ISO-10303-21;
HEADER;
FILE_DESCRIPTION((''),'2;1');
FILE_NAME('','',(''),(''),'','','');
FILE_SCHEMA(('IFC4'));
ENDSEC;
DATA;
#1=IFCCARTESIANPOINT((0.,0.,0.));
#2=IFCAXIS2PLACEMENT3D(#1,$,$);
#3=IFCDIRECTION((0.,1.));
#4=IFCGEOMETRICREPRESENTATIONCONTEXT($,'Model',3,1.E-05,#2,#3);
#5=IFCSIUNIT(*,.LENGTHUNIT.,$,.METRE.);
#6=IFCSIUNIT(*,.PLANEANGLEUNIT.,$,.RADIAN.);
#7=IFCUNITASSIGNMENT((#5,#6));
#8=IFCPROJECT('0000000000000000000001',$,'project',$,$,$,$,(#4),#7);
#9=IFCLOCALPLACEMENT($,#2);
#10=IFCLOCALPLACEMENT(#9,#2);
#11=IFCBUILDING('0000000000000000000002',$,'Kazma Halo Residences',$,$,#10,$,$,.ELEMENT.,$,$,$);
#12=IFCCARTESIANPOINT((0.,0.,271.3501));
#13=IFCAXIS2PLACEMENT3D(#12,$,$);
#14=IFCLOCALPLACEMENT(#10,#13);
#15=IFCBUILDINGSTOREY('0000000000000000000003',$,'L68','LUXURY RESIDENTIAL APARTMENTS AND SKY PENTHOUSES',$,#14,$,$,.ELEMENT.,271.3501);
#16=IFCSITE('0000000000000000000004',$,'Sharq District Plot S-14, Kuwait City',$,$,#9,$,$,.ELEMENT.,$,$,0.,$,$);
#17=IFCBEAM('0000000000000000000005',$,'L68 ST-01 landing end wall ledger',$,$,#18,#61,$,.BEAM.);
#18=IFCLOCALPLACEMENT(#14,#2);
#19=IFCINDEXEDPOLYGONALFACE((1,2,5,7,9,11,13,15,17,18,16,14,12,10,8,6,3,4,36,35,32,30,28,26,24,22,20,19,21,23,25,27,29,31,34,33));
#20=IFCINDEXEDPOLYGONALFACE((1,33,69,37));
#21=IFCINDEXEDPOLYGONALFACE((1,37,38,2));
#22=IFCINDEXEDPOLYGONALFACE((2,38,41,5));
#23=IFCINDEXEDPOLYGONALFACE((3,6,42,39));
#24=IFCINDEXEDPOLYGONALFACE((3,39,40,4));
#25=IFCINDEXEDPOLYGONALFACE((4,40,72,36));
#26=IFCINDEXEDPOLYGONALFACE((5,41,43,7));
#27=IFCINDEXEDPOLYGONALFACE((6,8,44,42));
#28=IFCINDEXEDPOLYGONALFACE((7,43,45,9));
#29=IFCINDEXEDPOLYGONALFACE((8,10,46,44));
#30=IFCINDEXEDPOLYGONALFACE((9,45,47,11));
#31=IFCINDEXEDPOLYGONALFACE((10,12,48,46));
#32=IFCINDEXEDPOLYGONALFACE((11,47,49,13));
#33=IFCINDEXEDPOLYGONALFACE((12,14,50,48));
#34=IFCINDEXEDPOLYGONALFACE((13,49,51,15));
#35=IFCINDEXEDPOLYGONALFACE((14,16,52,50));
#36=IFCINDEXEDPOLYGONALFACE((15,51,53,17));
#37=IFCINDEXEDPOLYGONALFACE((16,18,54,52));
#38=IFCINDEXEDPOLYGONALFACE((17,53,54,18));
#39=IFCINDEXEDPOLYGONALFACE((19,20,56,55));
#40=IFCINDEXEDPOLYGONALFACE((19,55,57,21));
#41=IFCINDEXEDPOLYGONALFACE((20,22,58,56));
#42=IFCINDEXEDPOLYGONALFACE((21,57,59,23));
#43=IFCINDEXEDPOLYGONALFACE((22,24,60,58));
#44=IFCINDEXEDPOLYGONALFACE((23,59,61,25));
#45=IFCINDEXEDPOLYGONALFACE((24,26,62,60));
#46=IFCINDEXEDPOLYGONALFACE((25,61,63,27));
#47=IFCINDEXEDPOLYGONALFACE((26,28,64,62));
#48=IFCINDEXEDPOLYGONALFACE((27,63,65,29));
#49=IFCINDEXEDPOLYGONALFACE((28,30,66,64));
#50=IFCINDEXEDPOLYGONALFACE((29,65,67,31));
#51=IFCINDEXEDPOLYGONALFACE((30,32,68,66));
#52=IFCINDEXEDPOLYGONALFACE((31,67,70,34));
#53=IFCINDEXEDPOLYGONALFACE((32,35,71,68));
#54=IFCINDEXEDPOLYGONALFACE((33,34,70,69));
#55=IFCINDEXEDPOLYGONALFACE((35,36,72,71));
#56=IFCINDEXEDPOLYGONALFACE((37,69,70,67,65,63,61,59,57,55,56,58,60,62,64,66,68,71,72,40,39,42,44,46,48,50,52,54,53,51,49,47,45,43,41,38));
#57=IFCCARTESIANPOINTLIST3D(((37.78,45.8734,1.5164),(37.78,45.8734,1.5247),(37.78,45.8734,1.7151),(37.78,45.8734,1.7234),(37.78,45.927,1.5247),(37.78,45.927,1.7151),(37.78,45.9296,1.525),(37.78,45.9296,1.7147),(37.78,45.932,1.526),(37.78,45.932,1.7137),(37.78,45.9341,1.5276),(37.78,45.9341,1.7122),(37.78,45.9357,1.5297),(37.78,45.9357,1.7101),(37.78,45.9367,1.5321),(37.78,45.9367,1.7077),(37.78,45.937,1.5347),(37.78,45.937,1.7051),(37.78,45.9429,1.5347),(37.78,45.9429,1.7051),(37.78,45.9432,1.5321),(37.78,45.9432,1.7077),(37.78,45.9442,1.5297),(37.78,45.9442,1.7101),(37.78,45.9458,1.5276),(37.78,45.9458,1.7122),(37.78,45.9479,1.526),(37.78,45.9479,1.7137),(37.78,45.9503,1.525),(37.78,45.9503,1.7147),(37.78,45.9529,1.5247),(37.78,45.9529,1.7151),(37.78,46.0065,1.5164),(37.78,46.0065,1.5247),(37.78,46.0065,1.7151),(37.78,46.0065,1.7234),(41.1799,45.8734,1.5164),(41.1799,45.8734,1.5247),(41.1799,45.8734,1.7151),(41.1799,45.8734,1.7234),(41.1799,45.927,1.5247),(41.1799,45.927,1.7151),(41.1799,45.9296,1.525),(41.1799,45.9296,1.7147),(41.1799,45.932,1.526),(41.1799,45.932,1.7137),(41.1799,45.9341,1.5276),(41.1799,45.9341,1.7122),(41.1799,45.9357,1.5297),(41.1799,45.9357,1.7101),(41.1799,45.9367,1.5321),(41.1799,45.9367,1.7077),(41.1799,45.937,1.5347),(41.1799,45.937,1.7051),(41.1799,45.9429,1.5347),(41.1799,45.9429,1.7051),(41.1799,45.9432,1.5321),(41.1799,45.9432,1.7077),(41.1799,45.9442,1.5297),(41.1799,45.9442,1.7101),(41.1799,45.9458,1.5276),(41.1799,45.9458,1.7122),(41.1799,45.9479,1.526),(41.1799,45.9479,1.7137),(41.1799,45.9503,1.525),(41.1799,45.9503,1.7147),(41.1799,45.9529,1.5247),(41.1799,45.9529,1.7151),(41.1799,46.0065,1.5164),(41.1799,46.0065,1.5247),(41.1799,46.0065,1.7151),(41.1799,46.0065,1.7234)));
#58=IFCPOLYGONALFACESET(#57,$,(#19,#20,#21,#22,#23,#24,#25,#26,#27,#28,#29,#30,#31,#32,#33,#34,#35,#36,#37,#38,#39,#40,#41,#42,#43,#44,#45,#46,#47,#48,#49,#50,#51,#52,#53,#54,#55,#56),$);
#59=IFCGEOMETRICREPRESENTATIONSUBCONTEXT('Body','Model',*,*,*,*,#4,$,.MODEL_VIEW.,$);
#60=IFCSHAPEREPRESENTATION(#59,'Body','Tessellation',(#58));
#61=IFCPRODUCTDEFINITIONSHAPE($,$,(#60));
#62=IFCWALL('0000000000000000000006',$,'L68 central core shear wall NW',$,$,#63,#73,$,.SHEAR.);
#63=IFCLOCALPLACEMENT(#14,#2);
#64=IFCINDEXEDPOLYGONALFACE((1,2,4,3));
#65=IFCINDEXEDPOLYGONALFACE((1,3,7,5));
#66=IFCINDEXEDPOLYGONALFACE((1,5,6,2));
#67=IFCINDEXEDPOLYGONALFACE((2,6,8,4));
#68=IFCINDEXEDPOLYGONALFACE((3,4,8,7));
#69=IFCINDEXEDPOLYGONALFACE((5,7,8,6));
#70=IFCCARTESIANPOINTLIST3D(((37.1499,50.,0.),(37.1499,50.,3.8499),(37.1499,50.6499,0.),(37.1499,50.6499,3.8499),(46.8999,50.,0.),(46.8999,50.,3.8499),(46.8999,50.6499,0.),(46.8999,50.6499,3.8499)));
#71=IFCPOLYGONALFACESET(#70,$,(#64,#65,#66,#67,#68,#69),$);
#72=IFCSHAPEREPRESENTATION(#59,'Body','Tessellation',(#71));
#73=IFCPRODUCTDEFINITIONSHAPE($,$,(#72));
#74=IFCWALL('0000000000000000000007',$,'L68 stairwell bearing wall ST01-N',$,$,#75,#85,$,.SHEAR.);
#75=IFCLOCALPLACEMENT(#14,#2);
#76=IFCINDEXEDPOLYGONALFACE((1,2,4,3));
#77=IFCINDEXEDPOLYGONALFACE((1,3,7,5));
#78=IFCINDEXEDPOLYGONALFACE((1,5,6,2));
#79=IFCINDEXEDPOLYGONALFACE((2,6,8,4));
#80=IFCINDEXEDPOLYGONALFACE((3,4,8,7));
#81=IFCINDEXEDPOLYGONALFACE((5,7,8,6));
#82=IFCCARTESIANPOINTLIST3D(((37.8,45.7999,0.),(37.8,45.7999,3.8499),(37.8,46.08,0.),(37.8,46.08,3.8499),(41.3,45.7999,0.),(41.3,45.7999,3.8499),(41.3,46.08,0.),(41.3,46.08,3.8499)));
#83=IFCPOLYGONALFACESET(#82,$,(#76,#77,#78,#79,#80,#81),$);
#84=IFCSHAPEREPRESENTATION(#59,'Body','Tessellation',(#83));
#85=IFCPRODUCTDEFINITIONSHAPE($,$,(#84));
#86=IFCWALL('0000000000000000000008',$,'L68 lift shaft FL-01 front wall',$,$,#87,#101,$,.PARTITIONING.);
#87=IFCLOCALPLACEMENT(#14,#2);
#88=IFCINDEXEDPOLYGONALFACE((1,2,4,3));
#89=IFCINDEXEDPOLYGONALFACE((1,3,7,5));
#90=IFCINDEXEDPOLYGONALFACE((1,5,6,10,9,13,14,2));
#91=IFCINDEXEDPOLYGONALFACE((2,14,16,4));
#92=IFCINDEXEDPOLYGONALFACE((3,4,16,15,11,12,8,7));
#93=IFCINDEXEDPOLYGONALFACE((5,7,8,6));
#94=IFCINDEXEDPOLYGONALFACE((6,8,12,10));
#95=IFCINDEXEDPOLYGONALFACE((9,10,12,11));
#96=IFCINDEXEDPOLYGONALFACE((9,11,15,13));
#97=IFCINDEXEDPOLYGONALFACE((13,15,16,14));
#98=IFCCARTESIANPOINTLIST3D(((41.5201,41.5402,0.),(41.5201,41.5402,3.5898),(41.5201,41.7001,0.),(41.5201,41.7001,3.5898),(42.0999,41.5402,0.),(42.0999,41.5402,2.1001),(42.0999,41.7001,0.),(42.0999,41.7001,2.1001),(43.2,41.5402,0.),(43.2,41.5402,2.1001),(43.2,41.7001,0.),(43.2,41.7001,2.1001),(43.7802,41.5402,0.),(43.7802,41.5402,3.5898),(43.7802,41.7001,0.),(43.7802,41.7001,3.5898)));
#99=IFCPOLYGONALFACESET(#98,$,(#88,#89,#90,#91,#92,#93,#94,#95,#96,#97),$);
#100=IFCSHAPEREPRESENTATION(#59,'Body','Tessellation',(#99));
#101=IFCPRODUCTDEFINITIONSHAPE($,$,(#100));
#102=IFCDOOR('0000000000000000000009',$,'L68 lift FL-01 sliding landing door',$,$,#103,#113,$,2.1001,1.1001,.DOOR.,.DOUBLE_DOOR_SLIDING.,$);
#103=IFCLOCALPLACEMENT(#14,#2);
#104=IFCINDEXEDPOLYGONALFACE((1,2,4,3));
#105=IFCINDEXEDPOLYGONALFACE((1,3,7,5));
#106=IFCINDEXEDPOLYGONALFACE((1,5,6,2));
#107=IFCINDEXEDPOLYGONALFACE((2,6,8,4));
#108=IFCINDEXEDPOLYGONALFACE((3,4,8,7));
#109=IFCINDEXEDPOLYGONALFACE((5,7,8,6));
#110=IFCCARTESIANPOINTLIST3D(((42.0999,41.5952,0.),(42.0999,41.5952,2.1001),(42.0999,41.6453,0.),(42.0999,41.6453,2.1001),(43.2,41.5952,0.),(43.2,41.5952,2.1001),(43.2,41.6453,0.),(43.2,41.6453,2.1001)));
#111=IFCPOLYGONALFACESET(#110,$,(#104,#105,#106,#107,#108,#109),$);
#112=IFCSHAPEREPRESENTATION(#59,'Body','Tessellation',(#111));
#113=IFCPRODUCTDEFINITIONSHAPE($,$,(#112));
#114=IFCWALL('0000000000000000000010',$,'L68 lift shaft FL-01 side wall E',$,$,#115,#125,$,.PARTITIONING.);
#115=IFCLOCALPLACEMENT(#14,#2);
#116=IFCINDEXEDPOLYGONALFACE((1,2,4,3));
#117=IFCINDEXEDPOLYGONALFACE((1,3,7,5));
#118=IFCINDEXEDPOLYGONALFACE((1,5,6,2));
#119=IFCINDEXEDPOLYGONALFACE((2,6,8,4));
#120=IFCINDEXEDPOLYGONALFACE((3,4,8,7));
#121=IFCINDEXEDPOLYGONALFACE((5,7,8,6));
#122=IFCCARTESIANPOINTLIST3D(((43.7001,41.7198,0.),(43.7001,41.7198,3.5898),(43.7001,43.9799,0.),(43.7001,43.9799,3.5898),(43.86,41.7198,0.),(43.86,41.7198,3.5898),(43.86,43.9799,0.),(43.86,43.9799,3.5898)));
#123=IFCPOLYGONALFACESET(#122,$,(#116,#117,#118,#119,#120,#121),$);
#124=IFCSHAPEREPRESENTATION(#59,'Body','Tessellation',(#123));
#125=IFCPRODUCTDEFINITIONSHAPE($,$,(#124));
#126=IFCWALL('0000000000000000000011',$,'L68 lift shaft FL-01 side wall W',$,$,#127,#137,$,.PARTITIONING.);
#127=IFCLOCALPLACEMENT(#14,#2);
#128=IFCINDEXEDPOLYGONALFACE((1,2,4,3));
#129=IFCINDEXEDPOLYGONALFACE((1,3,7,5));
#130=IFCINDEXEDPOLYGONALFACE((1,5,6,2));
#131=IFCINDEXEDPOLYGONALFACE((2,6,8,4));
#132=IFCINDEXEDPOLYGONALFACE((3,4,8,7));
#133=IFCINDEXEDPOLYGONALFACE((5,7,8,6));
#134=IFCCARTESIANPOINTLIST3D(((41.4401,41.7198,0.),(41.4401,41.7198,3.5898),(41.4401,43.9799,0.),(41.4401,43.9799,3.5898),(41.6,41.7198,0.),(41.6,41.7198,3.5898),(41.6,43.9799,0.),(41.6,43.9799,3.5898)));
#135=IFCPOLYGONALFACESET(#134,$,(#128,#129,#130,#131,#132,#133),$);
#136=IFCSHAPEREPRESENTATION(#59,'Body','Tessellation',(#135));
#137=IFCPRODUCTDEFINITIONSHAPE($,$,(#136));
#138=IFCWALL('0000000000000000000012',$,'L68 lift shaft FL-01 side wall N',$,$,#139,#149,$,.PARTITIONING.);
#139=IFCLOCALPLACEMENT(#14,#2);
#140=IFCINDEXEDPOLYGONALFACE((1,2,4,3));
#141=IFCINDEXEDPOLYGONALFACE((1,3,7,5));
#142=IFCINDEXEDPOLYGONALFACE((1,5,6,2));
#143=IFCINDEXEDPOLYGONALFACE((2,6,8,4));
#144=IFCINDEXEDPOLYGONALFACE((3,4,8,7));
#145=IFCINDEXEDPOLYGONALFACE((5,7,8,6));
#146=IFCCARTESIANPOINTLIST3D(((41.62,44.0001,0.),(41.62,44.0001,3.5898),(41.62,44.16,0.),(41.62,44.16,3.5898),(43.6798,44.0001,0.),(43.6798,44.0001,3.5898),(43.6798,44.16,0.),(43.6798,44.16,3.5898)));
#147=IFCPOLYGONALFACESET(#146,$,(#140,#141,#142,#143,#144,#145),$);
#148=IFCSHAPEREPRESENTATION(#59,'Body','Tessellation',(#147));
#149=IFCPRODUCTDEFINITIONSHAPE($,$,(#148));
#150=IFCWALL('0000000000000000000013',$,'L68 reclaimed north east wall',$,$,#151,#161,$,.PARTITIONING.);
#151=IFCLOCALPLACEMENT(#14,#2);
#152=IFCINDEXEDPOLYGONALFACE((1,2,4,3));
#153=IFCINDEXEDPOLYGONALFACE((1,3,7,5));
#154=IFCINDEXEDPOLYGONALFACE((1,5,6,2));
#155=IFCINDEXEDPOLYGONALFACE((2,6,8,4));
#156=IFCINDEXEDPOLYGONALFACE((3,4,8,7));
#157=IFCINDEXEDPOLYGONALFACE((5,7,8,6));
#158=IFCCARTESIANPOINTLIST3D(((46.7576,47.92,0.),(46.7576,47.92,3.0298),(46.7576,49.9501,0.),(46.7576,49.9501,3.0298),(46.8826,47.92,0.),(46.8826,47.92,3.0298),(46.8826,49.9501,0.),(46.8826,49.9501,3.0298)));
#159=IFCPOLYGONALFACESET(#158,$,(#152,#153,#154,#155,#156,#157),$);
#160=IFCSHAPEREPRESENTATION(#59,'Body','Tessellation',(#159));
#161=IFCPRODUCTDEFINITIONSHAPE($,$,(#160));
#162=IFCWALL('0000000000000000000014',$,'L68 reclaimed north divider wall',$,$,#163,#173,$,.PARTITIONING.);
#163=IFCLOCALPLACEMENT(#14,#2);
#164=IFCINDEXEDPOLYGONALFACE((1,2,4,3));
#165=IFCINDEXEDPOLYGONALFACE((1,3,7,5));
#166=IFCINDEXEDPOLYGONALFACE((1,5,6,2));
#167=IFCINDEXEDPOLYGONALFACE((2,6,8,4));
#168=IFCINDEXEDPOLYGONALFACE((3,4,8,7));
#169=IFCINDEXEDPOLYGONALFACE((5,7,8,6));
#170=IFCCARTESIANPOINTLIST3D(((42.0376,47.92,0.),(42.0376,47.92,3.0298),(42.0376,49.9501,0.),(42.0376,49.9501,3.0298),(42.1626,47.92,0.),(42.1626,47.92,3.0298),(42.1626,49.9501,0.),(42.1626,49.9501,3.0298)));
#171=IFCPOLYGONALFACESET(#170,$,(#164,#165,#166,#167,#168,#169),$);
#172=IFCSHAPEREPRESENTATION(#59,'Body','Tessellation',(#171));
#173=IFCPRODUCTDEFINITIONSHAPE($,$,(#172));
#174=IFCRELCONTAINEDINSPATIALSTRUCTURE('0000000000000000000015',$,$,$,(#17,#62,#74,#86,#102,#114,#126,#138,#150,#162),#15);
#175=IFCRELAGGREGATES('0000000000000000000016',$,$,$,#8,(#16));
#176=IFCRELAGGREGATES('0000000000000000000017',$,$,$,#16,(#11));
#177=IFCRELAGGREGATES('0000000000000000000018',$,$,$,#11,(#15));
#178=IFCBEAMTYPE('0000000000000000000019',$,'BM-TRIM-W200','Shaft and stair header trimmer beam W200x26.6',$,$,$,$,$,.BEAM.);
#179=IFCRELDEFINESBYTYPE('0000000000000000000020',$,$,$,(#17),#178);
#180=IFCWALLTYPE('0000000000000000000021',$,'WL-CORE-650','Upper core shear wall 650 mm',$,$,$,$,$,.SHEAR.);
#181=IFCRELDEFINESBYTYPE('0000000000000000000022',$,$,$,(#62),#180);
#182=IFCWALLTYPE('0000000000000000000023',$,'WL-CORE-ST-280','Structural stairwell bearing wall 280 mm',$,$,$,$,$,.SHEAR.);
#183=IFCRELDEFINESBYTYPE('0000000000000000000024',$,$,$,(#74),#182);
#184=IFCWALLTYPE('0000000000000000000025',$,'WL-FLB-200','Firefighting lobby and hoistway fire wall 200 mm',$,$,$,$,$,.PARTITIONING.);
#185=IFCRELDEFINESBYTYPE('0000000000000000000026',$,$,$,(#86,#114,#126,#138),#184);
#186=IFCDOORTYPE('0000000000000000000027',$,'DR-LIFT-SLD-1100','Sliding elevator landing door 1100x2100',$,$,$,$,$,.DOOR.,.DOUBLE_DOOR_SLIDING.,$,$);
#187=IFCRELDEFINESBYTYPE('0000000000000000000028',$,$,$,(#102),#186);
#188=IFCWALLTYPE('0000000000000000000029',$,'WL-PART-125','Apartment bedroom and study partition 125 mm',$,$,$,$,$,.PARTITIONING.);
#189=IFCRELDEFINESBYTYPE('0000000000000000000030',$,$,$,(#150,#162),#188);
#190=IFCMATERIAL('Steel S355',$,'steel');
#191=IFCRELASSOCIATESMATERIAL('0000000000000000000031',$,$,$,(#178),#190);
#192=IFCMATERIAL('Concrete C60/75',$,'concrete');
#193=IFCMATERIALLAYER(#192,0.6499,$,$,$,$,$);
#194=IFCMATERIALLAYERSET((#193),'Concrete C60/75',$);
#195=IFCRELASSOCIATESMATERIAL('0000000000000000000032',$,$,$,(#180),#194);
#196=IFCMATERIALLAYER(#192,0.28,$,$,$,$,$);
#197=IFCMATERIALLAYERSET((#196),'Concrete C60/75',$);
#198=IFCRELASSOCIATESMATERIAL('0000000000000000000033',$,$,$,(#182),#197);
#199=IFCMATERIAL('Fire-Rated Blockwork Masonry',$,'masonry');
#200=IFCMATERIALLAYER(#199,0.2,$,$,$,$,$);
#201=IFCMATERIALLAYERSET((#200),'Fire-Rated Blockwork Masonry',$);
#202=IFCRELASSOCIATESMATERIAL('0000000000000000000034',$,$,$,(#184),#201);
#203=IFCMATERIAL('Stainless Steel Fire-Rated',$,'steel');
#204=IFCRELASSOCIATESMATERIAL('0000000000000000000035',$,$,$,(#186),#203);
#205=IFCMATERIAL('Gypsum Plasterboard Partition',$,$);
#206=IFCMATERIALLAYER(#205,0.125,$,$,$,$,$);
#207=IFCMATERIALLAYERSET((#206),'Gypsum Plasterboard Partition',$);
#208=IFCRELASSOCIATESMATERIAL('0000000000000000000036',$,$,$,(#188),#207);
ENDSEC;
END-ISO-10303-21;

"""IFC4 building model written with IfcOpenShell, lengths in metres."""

from ifc_helpers import new_model, si_unit, direction, frame, frame_2d, origin, origin_2d, place, context, subcontext, project, spatial, rectangle, i_section, extrude, material, layer, layer_set, material_profile, profile_set, type_object, element, fill, save


model = new_model("IFC4")

# Units and contexts
model_context = context("Model", 3, precision=1e-05, world=origin(), true_north=direction((0.0, 1.0)))
body_context = subcontext(model_context, "Body", "Model", "MODEL_VIEW")
ifc_project = project(units=[si_unit("LENGTHUNIT", "METRE"), si_unit("PLANEANGLEUNIT", "RADIAN")], contexts=[model_context])

# Site, building, storey
site_placement = place(None, origin())
site = spatial("IfcSite", under=ifc_project, at=site_placement, Name="Sharq District Plot S-14, Kuwait City", CompositionType="ELEMENT", RefElevation=0.0)
building_placement = place(site_placement, origin())
building = spatial("IfcBuilding", under=site, at=building_placement, Name="Kazma Halo Residences", CompositionType="ELEMENT")
storey_placement = place(building_placement, frame((0.0, 0.0, 271.3501)))
storey = spatial("IfcBuildingStorey", under=building, at=storey_placement, Name="L68", Description="LUXURY RESIDENTIAL APARTMENTS AND SKY PENTHOUSES", CompositionType="ELEMENT", Elevation=271.3501)

# Shared definitions
ifc_material_1 = material(Name="Steel S355", Category="steel")

# Beam
ifc_material_profile_1 = material_profile(ifc_material_1, i_section(OverallWidth=0.1331, OverallDepth=0.207, WebThickness=0.0059, FlangeThickness=0.0083, FilletRadius=0.01, at=origin_2d()), Name="W200x26.6")
ifc_profile_set_1 = profile_set([ifc_material_profile_1], Name="Steel S355")
beam_type_1 = type_object("IfcBeamType", Name="BM-TRIM-W200", Description="Shaft and stair header trimmer beam W200x26.6", PredefinedType="BEAM", material=ifc_profile_set_1)
beam_1_placement = place(storey_placement, frame((37.78, 45.9399, 1.6199), z_axis=(1.0, 0.0, 0.0), x_axis=(0.0, 1.0, 0.0)))
element("IfcBeam", 1, at=beam_1_placement, inside=storey, type_object=beam_type_1, Name="L68 ST-01 landing end wall ledger", PredefinedType="BEAM", context=body_context, shape_type="SweptSolid", body=[
    extrude(i_section(OverallWidth=0.1331, OverallDepth=0.207, WebThickness=0.0059, FlangeThickness=0.0083, FilletRadius=0.01, at=origin_2d()), origin(), (0.0, 0.0, 1.0), 3.3999),
])

# Walls
ifc_material_2 = material(Name="Concrete C60/75", Category="concrete")
ifc_layer_1 = layer(ifc_material_2, 0.6499)
ifc_layer_set_1 = layer_set([ifc_layer_1], Name="Concrete C60/75")
wall_type_1 = type_object("IfcWallType", Name="WL-CORE-650", Description="Upper core shear wall 650 mm", PredefinedType="SHEAR", material=ifc_layer_set_1)
wall_1_placement = place(storey_placement, frame((37.1499, 50.325, 0.0), z_axis=(0.0, 0.0, 1.0), x_axis=(1.0, 0.0, 0.0)))
element("IfcWall", 2, at=wall_1_placement, inside=storey, type_object=wall_type_1, Name="L68 central core shear wall NW", PredefinedType="SHEAR", context=body_context, shape_type="SweptSolid", body=[
    extrude(rectangle(XDim=9.75, YDim=0.6499, at=frame_2d((4.875, 0.0))), origin(), (0.0, 0.0, 1.0), 3.8499),
])
ifc_layer_2 = layer(ifc_material_2, 0.28)
ifc_layer_set_2 = layer_set([ifc_layer_2], Name="Concrete C60/75")
wall_type_2 = type_object("IfcWallType", Name="WL-CORE-ST-280", Description="Structural stairwell bearing wall 280 mm", PredefinedType="SHEAR", material=ifc_layer_set_2)
wall_2_placement = place(storey_placement, frame((37.8, 45.9399, 0.0), z_axis=(0.0, 0.0, 1.0), x_axis=(1.0, 0.0, 0.0)))
element("IfcWall", 3, at=wall_2_placement, inside=storey, type_object=wall_type_2, Name="L68 stairwell bearing wall ST01-N", PredefinedType="SHEAR", context=body_context, shape_type="SweptSolid", body=[
    extrude(rectangle(XDim=3.5, YDim=0.28, at=frame_2d((1.75, 0.0))), origin(), (0.0, 0.0, 1.0), 3.8499),
])

# Wall, opening, door
ifc_material_3 = material(Name="Fire-Rated Blockwork Masonry", Category="masonry")
ifc_layer_3 = layer(ifc_material_3, 0.2)
ifc_layer_set_3 = layer_set([ifc_layer_3], Name="Fire-Rated Blockwork Masonry")
wall_type_3 = type_object("IfcWallType", Name="WL-FLB-200", Description="Firefighting lobby and hoistway fire wall 200 mm", PredefinedType="PARTITIONING", material=ifc_layer_set_3)
wall_3_placement = place(storey_placement, frame((43.78, 41.6201, 0.0), z_axis=(0.0, 0.0, 1.0), x_axis=(-1.0, 0.0, 0.0)))
wall_3 = element("IfcWall", 4, at=wall_3_placement, inside=storey, type_object=wall_type_3, Name="L68 lift shaft FL-01 front wall", PredefinedType="PARTITIONING", context=body_context, shape_type="SweptSolid", body=[
    extrude(rectangle(XDim=2.26, YDim=0.1599, at=frame_2d((1.1299, 0.0))), origin(), (0.0, 0.0, 1.0), 3.5898),
])
opening_1_placement = place(wall_3_placement, frame((0.5801, 0.0, 0.0)))
opening_1 = element("IfcOpeningElement", 5, at=opening_1_placement, cuts=wall_3, PredefinedType="OPENING", context=body_context, shape_type="SweptSolid", body=[
    extrude(rectangle(XDim=1.1001, YDim=2.1001, at=frame_2d((0.55, 1.05))), frame((0.0, 0.0898, 0.0), z_axis=(0.0, -1.0, 0.0), x_axis=(1.0, 0.0, 0.0)), (0.0, 0.0, 1.0), 0.1799),
])
ifc_material_4 = material(Name="Stainless Steel Fire-Rated", Category="steel")
door_type_1 = type_object("IfcDoorType", Name="DR-LIFT-SLD-1100", Description="Sliding elevator landing door 1100x2100", OperationType="DOUBLE_DOOR_SLIDING", PredefinedType="DOOR", material=ifc_material_4)
door_1_placement = place(opening_1_placement, origin())
door_1 = element("IfcDoor", 6, at=door_1_placement, inside=storey, type_object=door_type_1, Name="L68 lift FL-01 sliding landing door", OperationType="DOUBLE_DOOR_SLIDING", OverallHeight=2.1001, OverallWidth=1.1001, PredefinedType="DOOR", context=body_context, shape_type="SweptSolid", body=[
    extrude(rectangle(XDim=1.1001, YDim=2.1001, at=frame_2d((0.55, 1.05))), frame((0.0, 0.0249, 0.0), z_axis=(0.0, -1.0, 0.0), x_axis=(1.0, 0.0, 0.0)), (0.0, 0.0, 1.0), 0.05),
])
fill(opening_1, door_1)

# Walls
for number, where, z_axis, x_axis, name in (
    (7, (43.78, 41.72, 0.0), (0.0, 0.0, 1.0), (0.0, 1.0, 0.0), "L68 lift shaft FL-01 side wall E"),
    (8, (41.52, 41.72, 0.0), (0.0, 0.0, 1.0), (0.0, 1.0, 0.0), "L68 lift shaft FL-01 side wall W"),
):
    element("IfcWall", number, at=place(storey_placement, frame(where, z_axis=z_axis, x_axis=x_axis)), inside=storey, type_object=wall_type_3, Name=name, PredefinedType="PARTITIONING", context=body_context, shape_type="SweptSolid", body=[
        extrude(rectangle(XDim=2.26, YDim=0.1599, at=frame_2d((1.1299, 0.0))), origin(), (0.0, 0.0, 1.0), 3.5898),
    ])
wall_4_placement = place(storey_placement, frame((41.6201, 44.0801, 0.0), z_axis=(0.0, 0.0, 1.0), x_axis=(1.0, 0.0, 0.0)))
element("IfcWall", 9, at=wall_4_placement, inside=storey, type_object=wall_type_3, Name="L68 lift shaft FL-01 side wall N", PredefinedType="PARTITIONING", context=body_context, shape_type="SweptSolid", body=[
    extrude(rectangle(XDim=2.0598, YDim=0.1599, at=frame_2d((1.0298, 0.0))), origin(), (0.0, 0.0, 1.0), 3.5898),
])
ifc_material_5 = material(Name="Gypsum Plasterboard Partition")
ifc_layer_4 = layer(ifc_material_5, 0.125)
ifc_layer_set_4 = layer_set([ifc_layer_4], Name="Gypsum Plasterboard Partition")
wall_type_4 = type_object("IfcWallType", Name="WL-PART-125", Description="Apartment bedroom and study partition 125 mm", PredefinedType="PARTITIONING", material=ifc_layer_set_4)
for number, where, z_axis, x_axis, name in (
    (10, (46.8201, 47.9199, 0.0), (0.0, 0.0, 1.0), (0.0, 1.0, 0.0), "L68 reclaimed north east wall"),
    (11, (42.1001, 47.9199, 0.0), (0.0, 0.0, 1.0), (0.0, 1.0, 0.0), "L68 reclaimed north divider wall"),
):
    element("IfcWall", number, at=place(storey_placement, frame(where, z_axis=z_axis, x_axis=x_axis)), inside=storey, type_object=wall_type_4, Name=name, PredefinedType="PARTITIONING", context=body_context, shape_type="SweptSolid", body=[
        extrude(rectangle(XDim=2.03, YDim=0.125, at=frame_2d((1.0151, 0.0))), origin(), (0.0, 0.0, 1.0), 3.0298),
    ])

save(model, "model.ifc")
